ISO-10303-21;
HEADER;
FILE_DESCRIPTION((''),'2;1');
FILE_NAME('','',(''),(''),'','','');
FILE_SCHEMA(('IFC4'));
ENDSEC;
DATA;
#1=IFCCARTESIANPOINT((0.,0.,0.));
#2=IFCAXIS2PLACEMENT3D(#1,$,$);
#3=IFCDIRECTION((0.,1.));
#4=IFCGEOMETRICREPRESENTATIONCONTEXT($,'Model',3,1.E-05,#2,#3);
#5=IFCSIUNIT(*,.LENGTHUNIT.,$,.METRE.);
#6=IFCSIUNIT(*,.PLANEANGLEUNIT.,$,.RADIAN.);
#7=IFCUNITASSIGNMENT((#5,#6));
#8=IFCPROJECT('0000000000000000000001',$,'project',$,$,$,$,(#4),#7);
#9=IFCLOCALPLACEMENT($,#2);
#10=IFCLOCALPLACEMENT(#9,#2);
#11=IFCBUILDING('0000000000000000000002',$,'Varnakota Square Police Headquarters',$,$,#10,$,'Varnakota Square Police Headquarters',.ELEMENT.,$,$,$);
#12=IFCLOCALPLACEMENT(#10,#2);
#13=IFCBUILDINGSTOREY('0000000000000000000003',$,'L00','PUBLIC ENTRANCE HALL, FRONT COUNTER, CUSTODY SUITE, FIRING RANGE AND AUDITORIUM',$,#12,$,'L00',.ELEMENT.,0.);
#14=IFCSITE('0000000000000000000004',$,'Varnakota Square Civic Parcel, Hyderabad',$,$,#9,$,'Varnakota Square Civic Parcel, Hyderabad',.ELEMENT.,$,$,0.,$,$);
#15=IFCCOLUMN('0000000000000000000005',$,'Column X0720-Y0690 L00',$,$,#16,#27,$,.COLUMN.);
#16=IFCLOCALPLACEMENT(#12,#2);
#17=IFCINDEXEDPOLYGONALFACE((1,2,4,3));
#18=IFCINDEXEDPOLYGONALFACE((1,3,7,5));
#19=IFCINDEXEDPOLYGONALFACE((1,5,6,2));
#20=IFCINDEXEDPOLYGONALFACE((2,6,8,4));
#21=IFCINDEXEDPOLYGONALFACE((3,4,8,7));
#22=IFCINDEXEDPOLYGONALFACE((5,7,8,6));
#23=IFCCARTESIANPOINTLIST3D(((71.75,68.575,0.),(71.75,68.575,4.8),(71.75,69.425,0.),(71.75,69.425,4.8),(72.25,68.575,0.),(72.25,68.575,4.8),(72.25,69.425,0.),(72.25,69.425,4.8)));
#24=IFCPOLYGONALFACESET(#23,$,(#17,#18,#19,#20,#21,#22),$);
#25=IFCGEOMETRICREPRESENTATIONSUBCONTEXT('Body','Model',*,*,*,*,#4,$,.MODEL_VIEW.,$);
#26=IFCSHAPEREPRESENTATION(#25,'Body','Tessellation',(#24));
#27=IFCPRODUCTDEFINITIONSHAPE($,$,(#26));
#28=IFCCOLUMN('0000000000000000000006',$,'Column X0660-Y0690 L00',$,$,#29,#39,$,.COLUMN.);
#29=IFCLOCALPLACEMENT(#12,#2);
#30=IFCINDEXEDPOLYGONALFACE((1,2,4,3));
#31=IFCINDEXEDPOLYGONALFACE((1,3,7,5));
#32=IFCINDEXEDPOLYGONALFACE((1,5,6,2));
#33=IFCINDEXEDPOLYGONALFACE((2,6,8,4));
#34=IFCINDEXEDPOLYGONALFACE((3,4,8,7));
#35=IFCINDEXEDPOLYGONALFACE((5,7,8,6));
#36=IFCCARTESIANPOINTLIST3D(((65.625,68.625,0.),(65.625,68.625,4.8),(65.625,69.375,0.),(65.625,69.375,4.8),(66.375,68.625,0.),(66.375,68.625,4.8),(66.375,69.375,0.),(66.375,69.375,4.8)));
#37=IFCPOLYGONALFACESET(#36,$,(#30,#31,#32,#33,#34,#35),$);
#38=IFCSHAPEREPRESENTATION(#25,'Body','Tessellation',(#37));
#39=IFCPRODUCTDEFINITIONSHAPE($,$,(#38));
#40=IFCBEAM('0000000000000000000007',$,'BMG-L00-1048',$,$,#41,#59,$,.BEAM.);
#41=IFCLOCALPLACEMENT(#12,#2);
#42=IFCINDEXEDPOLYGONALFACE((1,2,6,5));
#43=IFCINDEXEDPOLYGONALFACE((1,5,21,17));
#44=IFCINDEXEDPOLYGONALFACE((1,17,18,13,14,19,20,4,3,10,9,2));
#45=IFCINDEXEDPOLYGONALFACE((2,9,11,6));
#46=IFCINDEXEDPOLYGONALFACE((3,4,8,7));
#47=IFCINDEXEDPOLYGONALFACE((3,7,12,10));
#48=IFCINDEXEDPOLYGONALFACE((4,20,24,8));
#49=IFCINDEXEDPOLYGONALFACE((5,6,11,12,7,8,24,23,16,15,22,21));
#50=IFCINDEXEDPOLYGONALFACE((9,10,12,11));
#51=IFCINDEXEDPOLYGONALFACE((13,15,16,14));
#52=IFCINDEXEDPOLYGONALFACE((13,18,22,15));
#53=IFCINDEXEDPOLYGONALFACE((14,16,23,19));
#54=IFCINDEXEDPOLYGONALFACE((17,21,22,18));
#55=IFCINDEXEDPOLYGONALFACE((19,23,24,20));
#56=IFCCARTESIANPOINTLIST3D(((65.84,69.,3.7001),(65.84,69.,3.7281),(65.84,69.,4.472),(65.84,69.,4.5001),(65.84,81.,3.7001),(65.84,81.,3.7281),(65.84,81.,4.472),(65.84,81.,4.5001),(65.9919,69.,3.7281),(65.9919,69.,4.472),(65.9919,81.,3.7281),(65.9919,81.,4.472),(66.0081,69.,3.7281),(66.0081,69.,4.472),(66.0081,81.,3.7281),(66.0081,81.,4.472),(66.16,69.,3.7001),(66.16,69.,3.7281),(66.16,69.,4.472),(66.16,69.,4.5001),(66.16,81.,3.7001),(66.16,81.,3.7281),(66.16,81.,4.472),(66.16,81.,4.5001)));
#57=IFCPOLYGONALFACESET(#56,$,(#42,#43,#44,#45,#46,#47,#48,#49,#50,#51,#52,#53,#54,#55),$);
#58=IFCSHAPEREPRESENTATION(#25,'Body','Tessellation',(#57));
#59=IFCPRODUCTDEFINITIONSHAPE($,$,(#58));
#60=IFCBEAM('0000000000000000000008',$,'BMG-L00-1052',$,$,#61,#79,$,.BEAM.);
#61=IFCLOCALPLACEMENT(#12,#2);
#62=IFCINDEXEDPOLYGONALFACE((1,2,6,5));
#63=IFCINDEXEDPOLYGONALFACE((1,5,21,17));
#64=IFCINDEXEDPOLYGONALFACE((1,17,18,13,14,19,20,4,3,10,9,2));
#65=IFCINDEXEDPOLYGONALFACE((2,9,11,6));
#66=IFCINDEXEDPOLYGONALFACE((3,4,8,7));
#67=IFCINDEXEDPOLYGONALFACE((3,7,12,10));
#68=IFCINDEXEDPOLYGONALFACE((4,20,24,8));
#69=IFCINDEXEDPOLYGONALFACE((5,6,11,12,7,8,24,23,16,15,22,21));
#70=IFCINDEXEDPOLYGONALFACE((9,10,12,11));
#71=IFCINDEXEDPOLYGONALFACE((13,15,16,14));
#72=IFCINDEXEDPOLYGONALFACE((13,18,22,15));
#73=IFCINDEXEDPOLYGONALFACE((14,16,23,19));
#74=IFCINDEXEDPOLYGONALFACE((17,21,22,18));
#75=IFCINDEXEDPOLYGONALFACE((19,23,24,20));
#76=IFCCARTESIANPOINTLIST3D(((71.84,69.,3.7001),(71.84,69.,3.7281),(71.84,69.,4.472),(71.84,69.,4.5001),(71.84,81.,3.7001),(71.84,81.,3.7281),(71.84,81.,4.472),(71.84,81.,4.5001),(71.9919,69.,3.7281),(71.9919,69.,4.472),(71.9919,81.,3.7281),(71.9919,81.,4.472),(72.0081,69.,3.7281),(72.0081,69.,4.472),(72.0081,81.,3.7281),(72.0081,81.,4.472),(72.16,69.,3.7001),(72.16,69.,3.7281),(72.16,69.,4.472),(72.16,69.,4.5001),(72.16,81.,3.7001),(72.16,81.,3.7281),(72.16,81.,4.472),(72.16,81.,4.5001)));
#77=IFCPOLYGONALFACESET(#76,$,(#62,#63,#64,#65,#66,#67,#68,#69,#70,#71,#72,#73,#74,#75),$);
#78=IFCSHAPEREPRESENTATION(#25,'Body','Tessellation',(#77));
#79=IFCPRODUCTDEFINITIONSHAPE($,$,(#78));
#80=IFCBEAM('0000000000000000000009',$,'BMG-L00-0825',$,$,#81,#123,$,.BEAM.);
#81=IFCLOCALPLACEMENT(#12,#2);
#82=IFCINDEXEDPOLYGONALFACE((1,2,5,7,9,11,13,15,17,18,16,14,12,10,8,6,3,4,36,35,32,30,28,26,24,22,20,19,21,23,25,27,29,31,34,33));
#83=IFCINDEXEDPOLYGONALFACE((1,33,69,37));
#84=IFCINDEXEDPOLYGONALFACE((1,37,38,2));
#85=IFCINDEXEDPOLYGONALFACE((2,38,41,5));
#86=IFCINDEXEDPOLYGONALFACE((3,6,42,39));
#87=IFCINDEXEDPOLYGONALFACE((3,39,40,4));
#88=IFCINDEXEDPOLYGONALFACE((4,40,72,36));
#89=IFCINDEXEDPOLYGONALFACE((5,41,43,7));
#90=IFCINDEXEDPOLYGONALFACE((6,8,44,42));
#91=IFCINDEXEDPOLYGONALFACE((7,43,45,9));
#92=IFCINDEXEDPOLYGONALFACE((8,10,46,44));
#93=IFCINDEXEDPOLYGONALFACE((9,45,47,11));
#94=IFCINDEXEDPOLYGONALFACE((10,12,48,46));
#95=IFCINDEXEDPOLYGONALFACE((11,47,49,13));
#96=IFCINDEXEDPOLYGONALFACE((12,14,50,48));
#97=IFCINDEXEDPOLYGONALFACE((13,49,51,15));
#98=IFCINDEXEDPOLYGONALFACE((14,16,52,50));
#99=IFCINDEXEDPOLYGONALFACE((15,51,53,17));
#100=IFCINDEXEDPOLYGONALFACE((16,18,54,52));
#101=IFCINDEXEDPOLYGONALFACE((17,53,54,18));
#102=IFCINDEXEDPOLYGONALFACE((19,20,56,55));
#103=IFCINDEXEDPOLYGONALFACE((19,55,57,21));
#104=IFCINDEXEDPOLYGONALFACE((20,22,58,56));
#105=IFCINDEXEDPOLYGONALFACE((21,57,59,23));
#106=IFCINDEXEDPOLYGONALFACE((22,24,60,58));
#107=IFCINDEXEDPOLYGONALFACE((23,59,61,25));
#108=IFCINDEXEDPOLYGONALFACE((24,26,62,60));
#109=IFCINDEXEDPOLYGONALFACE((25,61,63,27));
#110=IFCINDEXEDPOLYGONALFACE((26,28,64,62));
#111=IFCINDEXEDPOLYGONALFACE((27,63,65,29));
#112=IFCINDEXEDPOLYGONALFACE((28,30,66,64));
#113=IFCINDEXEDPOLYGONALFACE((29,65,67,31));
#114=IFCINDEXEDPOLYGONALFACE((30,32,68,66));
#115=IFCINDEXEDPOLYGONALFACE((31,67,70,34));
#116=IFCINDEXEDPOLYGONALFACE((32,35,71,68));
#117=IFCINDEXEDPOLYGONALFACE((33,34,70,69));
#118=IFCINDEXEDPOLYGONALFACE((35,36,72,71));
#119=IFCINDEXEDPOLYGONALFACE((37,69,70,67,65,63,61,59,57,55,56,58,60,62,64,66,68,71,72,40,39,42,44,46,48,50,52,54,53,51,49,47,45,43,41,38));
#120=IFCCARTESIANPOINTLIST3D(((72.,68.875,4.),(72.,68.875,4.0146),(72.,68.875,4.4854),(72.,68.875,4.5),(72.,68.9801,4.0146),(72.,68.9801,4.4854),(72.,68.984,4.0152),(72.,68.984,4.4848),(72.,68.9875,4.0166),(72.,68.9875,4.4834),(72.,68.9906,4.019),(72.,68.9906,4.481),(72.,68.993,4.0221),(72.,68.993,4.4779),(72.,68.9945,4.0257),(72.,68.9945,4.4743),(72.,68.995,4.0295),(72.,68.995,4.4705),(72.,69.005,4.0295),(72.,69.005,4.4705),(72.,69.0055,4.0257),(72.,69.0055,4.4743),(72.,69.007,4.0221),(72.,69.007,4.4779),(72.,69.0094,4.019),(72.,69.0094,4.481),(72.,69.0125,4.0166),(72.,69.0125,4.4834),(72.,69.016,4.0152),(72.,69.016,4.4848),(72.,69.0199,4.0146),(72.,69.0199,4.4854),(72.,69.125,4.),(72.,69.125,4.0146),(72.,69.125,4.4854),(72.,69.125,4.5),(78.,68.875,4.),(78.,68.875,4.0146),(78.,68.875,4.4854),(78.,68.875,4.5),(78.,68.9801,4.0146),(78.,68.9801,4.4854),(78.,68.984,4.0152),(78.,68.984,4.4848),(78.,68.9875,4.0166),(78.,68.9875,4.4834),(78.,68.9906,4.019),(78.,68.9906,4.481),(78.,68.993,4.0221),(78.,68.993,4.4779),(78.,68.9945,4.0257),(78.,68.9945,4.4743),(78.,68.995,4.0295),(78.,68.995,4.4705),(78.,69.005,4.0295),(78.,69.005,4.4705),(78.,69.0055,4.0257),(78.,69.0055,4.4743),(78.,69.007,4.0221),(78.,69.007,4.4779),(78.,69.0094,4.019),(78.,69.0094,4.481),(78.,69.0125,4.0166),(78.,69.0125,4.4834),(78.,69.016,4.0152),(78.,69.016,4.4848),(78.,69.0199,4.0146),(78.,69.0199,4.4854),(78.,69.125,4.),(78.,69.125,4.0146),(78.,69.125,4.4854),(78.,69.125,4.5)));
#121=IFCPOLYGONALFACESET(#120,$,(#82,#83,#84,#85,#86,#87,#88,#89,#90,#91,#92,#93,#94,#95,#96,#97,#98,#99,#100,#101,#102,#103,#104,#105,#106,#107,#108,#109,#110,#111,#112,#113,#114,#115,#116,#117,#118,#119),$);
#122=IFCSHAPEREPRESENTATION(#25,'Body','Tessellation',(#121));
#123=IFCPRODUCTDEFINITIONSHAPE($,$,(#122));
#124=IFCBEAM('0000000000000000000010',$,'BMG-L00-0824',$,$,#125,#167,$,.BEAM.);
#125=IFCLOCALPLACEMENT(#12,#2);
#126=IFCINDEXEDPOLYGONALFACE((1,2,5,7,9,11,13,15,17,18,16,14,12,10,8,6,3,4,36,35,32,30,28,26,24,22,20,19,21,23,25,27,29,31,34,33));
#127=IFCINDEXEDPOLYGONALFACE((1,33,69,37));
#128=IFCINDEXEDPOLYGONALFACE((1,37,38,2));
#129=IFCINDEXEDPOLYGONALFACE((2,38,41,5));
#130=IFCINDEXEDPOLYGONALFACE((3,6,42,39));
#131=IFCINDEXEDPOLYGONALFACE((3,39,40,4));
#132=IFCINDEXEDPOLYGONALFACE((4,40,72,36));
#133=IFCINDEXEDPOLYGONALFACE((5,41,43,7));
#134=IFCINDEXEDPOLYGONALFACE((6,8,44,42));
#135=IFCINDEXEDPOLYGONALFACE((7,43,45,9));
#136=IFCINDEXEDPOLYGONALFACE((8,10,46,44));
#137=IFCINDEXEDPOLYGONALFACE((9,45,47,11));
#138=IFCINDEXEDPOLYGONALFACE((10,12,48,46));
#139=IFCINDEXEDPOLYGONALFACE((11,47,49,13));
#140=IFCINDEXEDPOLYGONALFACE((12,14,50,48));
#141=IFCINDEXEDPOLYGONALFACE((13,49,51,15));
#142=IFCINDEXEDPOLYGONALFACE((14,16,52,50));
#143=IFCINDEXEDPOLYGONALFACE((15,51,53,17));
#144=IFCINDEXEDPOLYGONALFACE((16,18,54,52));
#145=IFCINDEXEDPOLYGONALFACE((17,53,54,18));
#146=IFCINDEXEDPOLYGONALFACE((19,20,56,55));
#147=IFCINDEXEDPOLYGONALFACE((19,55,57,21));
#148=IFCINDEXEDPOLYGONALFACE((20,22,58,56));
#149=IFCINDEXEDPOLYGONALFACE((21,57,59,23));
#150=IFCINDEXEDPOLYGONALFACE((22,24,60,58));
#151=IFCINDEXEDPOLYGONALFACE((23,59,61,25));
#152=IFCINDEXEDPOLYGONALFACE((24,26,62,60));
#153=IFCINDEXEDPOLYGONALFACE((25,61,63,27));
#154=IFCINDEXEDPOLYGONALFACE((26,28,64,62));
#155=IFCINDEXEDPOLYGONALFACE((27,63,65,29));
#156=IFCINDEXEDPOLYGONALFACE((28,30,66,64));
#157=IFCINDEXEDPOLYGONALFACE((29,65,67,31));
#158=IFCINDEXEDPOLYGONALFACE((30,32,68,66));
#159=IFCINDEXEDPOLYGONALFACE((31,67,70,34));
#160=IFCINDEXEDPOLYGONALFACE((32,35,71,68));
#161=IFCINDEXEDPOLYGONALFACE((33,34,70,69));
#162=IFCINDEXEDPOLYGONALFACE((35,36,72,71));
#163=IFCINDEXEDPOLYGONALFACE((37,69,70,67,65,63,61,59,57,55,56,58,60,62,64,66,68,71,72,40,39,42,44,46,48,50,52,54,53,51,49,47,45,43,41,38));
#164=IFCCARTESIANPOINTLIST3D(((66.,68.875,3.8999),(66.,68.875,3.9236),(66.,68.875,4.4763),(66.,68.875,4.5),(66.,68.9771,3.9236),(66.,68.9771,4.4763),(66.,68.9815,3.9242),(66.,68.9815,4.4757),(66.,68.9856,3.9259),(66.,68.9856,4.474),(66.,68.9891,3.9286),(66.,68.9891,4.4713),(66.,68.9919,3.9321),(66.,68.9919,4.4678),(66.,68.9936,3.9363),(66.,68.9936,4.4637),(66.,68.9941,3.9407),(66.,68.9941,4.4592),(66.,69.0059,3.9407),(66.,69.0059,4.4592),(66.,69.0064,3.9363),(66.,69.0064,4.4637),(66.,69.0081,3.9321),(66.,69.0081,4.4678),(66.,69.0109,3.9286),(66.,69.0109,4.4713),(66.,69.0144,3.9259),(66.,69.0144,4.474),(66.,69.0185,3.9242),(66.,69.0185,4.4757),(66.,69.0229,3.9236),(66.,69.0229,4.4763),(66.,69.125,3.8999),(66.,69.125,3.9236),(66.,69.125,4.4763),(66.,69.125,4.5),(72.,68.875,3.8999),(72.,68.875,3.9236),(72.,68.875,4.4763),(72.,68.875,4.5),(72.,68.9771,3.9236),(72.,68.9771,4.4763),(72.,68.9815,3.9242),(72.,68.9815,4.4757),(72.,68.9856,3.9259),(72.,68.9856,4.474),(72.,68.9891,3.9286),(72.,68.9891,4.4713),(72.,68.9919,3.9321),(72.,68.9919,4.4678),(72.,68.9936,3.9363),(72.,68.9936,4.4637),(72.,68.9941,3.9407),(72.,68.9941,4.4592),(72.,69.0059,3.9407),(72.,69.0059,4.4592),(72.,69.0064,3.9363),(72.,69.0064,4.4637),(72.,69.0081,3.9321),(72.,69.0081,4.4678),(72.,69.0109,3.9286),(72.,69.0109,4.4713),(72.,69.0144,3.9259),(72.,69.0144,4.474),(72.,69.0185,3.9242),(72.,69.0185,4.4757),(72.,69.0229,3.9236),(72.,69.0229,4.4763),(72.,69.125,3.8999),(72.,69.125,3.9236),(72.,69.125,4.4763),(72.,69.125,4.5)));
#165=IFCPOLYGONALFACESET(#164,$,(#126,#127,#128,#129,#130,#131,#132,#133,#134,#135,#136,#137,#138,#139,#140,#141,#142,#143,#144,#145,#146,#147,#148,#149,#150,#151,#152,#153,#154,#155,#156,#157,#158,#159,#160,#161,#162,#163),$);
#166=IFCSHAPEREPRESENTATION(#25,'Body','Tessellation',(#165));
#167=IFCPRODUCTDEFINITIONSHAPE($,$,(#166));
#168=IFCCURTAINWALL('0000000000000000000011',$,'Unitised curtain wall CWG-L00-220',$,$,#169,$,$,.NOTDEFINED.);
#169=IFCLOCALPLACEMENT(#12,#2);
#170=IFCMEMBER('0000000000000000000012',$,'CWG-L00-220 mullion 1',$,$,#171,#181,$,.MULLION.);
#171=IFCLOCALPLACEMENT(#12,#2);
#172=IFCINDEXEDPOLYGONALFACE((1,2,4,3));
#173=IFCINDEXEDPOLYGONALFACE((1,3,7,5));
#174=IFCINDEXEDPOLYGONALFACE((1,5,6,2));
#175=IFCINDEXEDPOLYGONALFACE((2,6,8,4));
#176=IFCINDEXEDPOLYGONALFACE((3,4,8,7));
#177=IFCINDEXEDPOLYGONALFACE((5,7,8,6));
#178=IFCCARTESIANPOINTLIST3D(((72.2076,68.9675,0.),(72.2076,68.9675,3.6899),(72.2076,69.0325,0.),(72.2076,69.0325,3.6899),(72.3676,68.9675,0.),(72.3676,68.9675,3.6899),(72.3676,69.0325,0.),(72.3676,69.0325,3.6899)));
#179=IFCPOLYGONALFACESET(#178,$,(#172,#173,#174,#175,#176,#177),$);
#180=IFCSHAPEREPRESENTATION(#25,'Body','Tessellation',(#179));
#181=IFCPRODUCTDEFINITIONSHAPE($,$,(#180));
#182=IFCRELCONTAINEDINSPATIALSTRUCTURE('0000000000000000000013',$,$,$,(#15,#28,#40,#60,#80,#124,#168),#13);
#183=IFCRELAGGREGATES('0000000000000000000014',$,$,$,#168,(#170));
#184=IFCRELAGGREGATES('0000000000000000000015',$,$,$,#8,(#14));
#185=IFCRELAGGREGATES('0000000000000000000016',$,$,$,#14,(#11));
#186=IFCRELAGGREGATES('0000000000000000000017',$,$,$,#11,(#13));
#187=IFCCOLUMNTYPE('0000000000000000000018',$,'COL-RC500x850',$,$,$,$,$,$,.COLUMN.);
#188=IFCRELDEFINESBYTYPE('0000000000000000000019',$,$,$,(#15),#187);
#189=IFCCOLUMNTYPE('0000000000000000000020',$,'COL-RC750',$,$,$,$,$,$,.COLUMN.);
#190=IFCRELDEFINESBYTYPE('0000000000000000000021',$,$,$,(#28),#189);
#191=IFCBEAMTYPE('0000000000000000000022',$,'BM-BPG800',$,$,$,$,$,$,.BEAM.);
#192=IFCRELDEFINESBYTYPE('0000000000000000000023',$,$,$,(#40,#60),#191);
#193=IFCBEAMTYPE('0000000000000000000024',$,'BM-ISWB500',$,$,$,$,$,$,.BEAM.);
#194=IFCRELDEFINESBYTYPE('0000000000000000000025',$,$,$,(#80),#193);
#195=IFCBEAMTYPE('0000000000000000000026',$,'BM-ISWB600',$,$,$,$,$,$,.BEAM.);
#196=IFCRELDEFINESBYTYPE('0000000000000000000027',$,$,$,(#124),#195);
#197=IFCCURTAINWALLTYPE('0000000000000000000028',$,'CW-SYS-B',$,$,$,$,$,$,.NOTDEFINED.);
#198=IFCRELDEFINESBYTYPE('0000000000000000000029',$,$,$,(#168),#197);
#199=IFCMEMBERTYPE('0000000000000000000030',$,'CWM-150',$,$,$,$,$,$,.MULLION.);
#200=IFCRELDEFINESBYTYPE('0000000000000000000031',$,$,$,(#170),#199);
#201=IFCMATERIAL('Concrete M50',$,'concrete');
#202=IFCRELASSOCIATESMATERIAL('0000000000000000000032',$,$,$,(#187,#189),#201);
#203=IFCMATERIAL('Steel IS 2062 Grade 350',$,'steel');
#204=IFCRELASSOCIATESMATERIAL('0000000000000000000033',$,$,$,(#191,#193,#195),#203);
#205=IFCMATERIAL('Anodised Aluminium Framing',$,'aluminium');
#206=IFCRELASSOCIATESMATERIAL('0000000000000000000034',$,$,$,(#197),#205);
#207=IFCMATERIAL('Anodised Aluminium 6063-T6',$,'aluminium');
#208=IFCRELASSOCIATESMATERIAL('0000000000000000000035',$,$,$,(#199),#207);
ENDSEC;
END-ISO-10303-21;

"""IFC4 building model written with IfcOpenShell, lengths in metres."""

from ifc_helpers import new_model, si_unit, direction, frame, origin, origin_2d, place, context, subcontext, project, spatial, rectangle, i_section, extrude, material, material_profile, profile_set, type_object, element, aggregate, save


model = new_model("IFC4")

# Units and contexts
model_context = context("Model", 3, precision=1e-05, world=origin(), true_north=direction((0.0, 1.0)))
body_context = subcontext(model_context, "Body", "Model", "MODEL_VIEW")
ifc_project = project(units=[si_unit("LENGTHUNIT", "METRE"), si_unit("PLANEANGLEUNIT", "RADIAN")], contexts=[model_context])

# Site, building, storey
site_placement = place(None, origin())
site = spatial("IfcSite", under=ifc_project, at=site_placement, Name="Varnakota Square Civic Parcel, Hyderabad", LongName="Varnakota Square Civic Parcel, Hyderabad", CompositionType="ELEMENT", RefElevation=0.0)
building_placement = place(site_placement, origin())
building = spatial("IfcBuilding", under=site, at=building_placement, Name="Varnakota Square Police Headquarters", LongName="Varnakota Square Police Headquarters", CompositionType="ELEMENT")
storey_placement = place(building_placement, origin())
storey = spatial("IfcBuildingStorey", under=building, at=storey_placement, Name="L00", Description="PUBLIC ENTRANCE HALL, FRONT COUNTER, CUSTODY SUITE, FIRING RANGE AND AUDITORIUM", LongName="L00", CompositionType="ELEMENT", Elevation=0.0)

# Columns
ifc_material_1 = material(Name="Concrete M50", Category="concrete")
ifc_material_profile_1 = material_profile(ifc_material_1, rectangle(XDim=0.5, YDim=0.8501, at=origin_2d()), Name="RC 500x850")
ifc_profile_set_1 = profile_set([ifc_material_profile_1], Name="Concrete M50")
column_type_1 = type_object("IfcColumnType", Name="COL-RC500x850", PredefinedType="COLUMN", material=ifc_profile_set_1)
column_1_placement = place(storey_placement, frame((72.0, 69.0, 0.0), z_axis=(0.0, 0.0, 1.0), x_axis=(1.0, 0.0, 0.0)))
element("IfcColumn", 1, at=column_1_placement, inside=storey, type_object=column_type_1, Name="Column X0720-Y0690 L00", PredefinedType="COLUMN", context=body_context, shape_type="SweptSolid", body=[
    extrude(rectangle(XDim=0.5, YDim=0.8501, at=origin_2d()), origin(), (0.0, 0.0, 1.0), 4.8),
])
ifc_material_profile_2 = material_profile(ifc_material_1, rectangle(XDim=0.75, YDim=0.75, at=origin_2d()), Name="RC 750x750")
ifc_profile_set_2 = profile_set([ifc_material_profile_2], Name="Concrete M50")
column_type_2 = type_object("IfcColumnType", Name="COL-RC750", PredefinedType="COLUMN", material=ifc_profile_set_2)
column_2_placement = place(storey_placement, frame((66.0, 69.0, 0.0), z_axis=(0.0, 0.0, 1.0), x_axis=(1.0, 0.0, 0.0)))
element("IfcColumn", 2, at=column_2_placement, inside=storey, type_object=column_type_2, Name="Column X0660-Y0690 L00", PredefinedType="COLUMN", context=body_context, shape_type="SweptSolid", body=[
    extrude(rectangle(XDim=0.75, YDim=0.75, at=origin_2d()), origin(), (0.0, 0.0, 1.0), 4.8),
])

# Beams
ifc_material_2 = material(Name="Steel IS 2062 Grade 350", Category="steel")
ifc_material_profile_3 = material_profile(ifc_material_2, i_section(OverallWidth=0.3201, OverallDepth=0.8, WebThickness=0.0161, FlangeThickness=0.0281, at=origin_2d()), Name="BPG 800x320")
ifc_profile_set_3 = profile_set([ifc_material_profile_3], Name="Steel IS 2062 Grade 350")
beam_type_1 = type_object("IfcBeamType", Name="BM-BPG800", PredefinedType="BEAM", material=ifc_profile_set_3)
for number, where, z_axis, x_axis, name in (
    (3, (66.0, 69.0, 4.1001), (0.0, 1.0, 0.0), (-1.0, 0.0, 0.0), "BMG-L00-1048"),
    (4, (72.0, 69.0, 4.1001), (0.0, 1.0, 0.0), (-1.0, 0.0, 0.0), "BMG-L00-1052"),
):
    element("IfcBeam", number, at=place(storey_placement, frame(where, z_axis=z_axis, x_axis=x_axis)), inside=storey, type_object=beam_type_1, Name=name, PredefinedType="BEAM", context=body_context, shape_type="SweptSolid", body=[
        extrude(i_section(OverallWidth=0.3201, OverallDepth=0.8, WebThickness=0.0161, FlangeThickness=0.0281, at=origin_2d()), origin(), (0.0, 0.0, 1.0), 12.0),
    ])
ifc_material_profile_4 = material_profile(ifc_material_2, i_section(OverallWidth=0.25, OverallDepth=0.5, WebThickness=0.01, FlangeThickness=0.0146, FilletRadius=0.0149, at=origin_2d()), Name="ISWB 500")
ifc_profile_set_4 = profile_set([ifc_material_profile_4], Name="Steel IS 2062 Grade 350")
beam_type_2 = type_object("IfcBeamType", Name="BM-ISWB500", PredefinedType="BEAM", material=ifc_profile_set_4)
beam_1_placement = place(storey_placement, frame((72.0, 69.0, 4.25), z_axis=(1.0, 0.0, 0.0), x_axis=(0.0, 1.0, 0.0)))
element("IfcBeam", 5, at=beam_1_placement, inside=storey, type_object=beam_type_2, Name="BMG-L00-0825", PredefinedType="BEAM", context=body_context, shape_type="SweptSolid", body=[
    extrude(i_section(OverallWidth=0.25, OverallDepth=0.5, WebThickness=0.01, FlangeThickness=0.0146, FilletRadius=0.0149, at=origin_2d()), origin(), (0.0, 0.0, 1.0), 6.0),
])
ifc_material_profile_5 = material_profile(ifc_material_2, i_section(OverallWidth=0.25, OverallDepth=0.6001, WebThickness=0.0117, FlangeThickness=0.0237, FilletRadius=0.0171, at=origin_2d()), Name="ISWB 600")
ifc_profile_set_5 = profile_set([ifc_material_profile_5], Name="Steel IS 2062 Grade 350")
beam_type_3 = type_object("IfcBeamType", Name="BM-ISWB600", PredefinedType="BEAM", material=ifc_profile_set_5)
beam_2_placement = place(storey_placement, frame((66.0, 69.0, 4.2), z_axis=(1.0, 0.0, 0.0), x_axis=(0.0, 1.0, 0.0)))
element("IfcBeam", 6, at=beam_2_placement, inside=storey, type_object=beam_type_3, Name="BMG-L00-0824", PredefinedType="BEAM", context=body_context, shape_type="SweptSolid", body=[
    extrude(i_section(OverallWidth=0.25, OverallDepth=0.6001, WebThickness=0.0117, FlangeThickness=0.0237, FilletRadius=0.0171, at=origin_2d()), origin(), (0.0, 0.0, 1.0), 6.0),
])

# Curtain wall, member
ifc_material_3 = material(Name="Anodised Aluminium Framing", Category="aluminium")
curtain_wall_type = type_object("IfcCurtainWallType", Name="CW-SYS-B", PredefinedType="NOTDEFINED", material=ifc_material_3)
curtain_wall_placement = place(storey_placement, origin())
curtain_wall = element("IfcCurtainWall", 7, at=curtain_wall_placement, inside=storey, type_object=curtain_wall_type, Name="Unitised curtain wall CWG-L00-220", PredefinedType="NOTDEFINED")
ifc_material_4 = material(Name="Anodised Aluminium 6063-T6", Category="aluminium")
ifc_material_profile_6 = material_profile(ifc_material_4, rectangle(XDim=0.0649, YDim=0.1599, at=origin_2d()), Name="ALU MULLION 65x160")
ifc_profile_set_6 = profile_set([ifc_material_profile_6], Name="Anodised Aluminium 6063-T6")
member_type_1 = type_object("IfcMemberType", Name="CWM-150", PredefinedType="MULLION", material=ifc_profile_set_6)
member_1_placement = place(storey_placement, frame((72.2876, 69.0, 0.0), z_axis=(0.0, 0.0, 1.0), x_axis=(0.0, 1.0, 0.0)))
member_1 = element("IfcMember", 8, at=member_1_placement, type_object=member_type_1, Name="CWG-L00-220 mullion 1", PredefinedType="MULLION", context=body_context, shape_type="SweptSolid", body=[
    extrude(rectangle(XDim=0.0649, YDim=0.1599, at=origin_2d()), origin(), (0.0, 0.0, 1.0), 3.6899),
])
aggregate(curtain_wall, [member_1])

save(model, "model.ifc")
